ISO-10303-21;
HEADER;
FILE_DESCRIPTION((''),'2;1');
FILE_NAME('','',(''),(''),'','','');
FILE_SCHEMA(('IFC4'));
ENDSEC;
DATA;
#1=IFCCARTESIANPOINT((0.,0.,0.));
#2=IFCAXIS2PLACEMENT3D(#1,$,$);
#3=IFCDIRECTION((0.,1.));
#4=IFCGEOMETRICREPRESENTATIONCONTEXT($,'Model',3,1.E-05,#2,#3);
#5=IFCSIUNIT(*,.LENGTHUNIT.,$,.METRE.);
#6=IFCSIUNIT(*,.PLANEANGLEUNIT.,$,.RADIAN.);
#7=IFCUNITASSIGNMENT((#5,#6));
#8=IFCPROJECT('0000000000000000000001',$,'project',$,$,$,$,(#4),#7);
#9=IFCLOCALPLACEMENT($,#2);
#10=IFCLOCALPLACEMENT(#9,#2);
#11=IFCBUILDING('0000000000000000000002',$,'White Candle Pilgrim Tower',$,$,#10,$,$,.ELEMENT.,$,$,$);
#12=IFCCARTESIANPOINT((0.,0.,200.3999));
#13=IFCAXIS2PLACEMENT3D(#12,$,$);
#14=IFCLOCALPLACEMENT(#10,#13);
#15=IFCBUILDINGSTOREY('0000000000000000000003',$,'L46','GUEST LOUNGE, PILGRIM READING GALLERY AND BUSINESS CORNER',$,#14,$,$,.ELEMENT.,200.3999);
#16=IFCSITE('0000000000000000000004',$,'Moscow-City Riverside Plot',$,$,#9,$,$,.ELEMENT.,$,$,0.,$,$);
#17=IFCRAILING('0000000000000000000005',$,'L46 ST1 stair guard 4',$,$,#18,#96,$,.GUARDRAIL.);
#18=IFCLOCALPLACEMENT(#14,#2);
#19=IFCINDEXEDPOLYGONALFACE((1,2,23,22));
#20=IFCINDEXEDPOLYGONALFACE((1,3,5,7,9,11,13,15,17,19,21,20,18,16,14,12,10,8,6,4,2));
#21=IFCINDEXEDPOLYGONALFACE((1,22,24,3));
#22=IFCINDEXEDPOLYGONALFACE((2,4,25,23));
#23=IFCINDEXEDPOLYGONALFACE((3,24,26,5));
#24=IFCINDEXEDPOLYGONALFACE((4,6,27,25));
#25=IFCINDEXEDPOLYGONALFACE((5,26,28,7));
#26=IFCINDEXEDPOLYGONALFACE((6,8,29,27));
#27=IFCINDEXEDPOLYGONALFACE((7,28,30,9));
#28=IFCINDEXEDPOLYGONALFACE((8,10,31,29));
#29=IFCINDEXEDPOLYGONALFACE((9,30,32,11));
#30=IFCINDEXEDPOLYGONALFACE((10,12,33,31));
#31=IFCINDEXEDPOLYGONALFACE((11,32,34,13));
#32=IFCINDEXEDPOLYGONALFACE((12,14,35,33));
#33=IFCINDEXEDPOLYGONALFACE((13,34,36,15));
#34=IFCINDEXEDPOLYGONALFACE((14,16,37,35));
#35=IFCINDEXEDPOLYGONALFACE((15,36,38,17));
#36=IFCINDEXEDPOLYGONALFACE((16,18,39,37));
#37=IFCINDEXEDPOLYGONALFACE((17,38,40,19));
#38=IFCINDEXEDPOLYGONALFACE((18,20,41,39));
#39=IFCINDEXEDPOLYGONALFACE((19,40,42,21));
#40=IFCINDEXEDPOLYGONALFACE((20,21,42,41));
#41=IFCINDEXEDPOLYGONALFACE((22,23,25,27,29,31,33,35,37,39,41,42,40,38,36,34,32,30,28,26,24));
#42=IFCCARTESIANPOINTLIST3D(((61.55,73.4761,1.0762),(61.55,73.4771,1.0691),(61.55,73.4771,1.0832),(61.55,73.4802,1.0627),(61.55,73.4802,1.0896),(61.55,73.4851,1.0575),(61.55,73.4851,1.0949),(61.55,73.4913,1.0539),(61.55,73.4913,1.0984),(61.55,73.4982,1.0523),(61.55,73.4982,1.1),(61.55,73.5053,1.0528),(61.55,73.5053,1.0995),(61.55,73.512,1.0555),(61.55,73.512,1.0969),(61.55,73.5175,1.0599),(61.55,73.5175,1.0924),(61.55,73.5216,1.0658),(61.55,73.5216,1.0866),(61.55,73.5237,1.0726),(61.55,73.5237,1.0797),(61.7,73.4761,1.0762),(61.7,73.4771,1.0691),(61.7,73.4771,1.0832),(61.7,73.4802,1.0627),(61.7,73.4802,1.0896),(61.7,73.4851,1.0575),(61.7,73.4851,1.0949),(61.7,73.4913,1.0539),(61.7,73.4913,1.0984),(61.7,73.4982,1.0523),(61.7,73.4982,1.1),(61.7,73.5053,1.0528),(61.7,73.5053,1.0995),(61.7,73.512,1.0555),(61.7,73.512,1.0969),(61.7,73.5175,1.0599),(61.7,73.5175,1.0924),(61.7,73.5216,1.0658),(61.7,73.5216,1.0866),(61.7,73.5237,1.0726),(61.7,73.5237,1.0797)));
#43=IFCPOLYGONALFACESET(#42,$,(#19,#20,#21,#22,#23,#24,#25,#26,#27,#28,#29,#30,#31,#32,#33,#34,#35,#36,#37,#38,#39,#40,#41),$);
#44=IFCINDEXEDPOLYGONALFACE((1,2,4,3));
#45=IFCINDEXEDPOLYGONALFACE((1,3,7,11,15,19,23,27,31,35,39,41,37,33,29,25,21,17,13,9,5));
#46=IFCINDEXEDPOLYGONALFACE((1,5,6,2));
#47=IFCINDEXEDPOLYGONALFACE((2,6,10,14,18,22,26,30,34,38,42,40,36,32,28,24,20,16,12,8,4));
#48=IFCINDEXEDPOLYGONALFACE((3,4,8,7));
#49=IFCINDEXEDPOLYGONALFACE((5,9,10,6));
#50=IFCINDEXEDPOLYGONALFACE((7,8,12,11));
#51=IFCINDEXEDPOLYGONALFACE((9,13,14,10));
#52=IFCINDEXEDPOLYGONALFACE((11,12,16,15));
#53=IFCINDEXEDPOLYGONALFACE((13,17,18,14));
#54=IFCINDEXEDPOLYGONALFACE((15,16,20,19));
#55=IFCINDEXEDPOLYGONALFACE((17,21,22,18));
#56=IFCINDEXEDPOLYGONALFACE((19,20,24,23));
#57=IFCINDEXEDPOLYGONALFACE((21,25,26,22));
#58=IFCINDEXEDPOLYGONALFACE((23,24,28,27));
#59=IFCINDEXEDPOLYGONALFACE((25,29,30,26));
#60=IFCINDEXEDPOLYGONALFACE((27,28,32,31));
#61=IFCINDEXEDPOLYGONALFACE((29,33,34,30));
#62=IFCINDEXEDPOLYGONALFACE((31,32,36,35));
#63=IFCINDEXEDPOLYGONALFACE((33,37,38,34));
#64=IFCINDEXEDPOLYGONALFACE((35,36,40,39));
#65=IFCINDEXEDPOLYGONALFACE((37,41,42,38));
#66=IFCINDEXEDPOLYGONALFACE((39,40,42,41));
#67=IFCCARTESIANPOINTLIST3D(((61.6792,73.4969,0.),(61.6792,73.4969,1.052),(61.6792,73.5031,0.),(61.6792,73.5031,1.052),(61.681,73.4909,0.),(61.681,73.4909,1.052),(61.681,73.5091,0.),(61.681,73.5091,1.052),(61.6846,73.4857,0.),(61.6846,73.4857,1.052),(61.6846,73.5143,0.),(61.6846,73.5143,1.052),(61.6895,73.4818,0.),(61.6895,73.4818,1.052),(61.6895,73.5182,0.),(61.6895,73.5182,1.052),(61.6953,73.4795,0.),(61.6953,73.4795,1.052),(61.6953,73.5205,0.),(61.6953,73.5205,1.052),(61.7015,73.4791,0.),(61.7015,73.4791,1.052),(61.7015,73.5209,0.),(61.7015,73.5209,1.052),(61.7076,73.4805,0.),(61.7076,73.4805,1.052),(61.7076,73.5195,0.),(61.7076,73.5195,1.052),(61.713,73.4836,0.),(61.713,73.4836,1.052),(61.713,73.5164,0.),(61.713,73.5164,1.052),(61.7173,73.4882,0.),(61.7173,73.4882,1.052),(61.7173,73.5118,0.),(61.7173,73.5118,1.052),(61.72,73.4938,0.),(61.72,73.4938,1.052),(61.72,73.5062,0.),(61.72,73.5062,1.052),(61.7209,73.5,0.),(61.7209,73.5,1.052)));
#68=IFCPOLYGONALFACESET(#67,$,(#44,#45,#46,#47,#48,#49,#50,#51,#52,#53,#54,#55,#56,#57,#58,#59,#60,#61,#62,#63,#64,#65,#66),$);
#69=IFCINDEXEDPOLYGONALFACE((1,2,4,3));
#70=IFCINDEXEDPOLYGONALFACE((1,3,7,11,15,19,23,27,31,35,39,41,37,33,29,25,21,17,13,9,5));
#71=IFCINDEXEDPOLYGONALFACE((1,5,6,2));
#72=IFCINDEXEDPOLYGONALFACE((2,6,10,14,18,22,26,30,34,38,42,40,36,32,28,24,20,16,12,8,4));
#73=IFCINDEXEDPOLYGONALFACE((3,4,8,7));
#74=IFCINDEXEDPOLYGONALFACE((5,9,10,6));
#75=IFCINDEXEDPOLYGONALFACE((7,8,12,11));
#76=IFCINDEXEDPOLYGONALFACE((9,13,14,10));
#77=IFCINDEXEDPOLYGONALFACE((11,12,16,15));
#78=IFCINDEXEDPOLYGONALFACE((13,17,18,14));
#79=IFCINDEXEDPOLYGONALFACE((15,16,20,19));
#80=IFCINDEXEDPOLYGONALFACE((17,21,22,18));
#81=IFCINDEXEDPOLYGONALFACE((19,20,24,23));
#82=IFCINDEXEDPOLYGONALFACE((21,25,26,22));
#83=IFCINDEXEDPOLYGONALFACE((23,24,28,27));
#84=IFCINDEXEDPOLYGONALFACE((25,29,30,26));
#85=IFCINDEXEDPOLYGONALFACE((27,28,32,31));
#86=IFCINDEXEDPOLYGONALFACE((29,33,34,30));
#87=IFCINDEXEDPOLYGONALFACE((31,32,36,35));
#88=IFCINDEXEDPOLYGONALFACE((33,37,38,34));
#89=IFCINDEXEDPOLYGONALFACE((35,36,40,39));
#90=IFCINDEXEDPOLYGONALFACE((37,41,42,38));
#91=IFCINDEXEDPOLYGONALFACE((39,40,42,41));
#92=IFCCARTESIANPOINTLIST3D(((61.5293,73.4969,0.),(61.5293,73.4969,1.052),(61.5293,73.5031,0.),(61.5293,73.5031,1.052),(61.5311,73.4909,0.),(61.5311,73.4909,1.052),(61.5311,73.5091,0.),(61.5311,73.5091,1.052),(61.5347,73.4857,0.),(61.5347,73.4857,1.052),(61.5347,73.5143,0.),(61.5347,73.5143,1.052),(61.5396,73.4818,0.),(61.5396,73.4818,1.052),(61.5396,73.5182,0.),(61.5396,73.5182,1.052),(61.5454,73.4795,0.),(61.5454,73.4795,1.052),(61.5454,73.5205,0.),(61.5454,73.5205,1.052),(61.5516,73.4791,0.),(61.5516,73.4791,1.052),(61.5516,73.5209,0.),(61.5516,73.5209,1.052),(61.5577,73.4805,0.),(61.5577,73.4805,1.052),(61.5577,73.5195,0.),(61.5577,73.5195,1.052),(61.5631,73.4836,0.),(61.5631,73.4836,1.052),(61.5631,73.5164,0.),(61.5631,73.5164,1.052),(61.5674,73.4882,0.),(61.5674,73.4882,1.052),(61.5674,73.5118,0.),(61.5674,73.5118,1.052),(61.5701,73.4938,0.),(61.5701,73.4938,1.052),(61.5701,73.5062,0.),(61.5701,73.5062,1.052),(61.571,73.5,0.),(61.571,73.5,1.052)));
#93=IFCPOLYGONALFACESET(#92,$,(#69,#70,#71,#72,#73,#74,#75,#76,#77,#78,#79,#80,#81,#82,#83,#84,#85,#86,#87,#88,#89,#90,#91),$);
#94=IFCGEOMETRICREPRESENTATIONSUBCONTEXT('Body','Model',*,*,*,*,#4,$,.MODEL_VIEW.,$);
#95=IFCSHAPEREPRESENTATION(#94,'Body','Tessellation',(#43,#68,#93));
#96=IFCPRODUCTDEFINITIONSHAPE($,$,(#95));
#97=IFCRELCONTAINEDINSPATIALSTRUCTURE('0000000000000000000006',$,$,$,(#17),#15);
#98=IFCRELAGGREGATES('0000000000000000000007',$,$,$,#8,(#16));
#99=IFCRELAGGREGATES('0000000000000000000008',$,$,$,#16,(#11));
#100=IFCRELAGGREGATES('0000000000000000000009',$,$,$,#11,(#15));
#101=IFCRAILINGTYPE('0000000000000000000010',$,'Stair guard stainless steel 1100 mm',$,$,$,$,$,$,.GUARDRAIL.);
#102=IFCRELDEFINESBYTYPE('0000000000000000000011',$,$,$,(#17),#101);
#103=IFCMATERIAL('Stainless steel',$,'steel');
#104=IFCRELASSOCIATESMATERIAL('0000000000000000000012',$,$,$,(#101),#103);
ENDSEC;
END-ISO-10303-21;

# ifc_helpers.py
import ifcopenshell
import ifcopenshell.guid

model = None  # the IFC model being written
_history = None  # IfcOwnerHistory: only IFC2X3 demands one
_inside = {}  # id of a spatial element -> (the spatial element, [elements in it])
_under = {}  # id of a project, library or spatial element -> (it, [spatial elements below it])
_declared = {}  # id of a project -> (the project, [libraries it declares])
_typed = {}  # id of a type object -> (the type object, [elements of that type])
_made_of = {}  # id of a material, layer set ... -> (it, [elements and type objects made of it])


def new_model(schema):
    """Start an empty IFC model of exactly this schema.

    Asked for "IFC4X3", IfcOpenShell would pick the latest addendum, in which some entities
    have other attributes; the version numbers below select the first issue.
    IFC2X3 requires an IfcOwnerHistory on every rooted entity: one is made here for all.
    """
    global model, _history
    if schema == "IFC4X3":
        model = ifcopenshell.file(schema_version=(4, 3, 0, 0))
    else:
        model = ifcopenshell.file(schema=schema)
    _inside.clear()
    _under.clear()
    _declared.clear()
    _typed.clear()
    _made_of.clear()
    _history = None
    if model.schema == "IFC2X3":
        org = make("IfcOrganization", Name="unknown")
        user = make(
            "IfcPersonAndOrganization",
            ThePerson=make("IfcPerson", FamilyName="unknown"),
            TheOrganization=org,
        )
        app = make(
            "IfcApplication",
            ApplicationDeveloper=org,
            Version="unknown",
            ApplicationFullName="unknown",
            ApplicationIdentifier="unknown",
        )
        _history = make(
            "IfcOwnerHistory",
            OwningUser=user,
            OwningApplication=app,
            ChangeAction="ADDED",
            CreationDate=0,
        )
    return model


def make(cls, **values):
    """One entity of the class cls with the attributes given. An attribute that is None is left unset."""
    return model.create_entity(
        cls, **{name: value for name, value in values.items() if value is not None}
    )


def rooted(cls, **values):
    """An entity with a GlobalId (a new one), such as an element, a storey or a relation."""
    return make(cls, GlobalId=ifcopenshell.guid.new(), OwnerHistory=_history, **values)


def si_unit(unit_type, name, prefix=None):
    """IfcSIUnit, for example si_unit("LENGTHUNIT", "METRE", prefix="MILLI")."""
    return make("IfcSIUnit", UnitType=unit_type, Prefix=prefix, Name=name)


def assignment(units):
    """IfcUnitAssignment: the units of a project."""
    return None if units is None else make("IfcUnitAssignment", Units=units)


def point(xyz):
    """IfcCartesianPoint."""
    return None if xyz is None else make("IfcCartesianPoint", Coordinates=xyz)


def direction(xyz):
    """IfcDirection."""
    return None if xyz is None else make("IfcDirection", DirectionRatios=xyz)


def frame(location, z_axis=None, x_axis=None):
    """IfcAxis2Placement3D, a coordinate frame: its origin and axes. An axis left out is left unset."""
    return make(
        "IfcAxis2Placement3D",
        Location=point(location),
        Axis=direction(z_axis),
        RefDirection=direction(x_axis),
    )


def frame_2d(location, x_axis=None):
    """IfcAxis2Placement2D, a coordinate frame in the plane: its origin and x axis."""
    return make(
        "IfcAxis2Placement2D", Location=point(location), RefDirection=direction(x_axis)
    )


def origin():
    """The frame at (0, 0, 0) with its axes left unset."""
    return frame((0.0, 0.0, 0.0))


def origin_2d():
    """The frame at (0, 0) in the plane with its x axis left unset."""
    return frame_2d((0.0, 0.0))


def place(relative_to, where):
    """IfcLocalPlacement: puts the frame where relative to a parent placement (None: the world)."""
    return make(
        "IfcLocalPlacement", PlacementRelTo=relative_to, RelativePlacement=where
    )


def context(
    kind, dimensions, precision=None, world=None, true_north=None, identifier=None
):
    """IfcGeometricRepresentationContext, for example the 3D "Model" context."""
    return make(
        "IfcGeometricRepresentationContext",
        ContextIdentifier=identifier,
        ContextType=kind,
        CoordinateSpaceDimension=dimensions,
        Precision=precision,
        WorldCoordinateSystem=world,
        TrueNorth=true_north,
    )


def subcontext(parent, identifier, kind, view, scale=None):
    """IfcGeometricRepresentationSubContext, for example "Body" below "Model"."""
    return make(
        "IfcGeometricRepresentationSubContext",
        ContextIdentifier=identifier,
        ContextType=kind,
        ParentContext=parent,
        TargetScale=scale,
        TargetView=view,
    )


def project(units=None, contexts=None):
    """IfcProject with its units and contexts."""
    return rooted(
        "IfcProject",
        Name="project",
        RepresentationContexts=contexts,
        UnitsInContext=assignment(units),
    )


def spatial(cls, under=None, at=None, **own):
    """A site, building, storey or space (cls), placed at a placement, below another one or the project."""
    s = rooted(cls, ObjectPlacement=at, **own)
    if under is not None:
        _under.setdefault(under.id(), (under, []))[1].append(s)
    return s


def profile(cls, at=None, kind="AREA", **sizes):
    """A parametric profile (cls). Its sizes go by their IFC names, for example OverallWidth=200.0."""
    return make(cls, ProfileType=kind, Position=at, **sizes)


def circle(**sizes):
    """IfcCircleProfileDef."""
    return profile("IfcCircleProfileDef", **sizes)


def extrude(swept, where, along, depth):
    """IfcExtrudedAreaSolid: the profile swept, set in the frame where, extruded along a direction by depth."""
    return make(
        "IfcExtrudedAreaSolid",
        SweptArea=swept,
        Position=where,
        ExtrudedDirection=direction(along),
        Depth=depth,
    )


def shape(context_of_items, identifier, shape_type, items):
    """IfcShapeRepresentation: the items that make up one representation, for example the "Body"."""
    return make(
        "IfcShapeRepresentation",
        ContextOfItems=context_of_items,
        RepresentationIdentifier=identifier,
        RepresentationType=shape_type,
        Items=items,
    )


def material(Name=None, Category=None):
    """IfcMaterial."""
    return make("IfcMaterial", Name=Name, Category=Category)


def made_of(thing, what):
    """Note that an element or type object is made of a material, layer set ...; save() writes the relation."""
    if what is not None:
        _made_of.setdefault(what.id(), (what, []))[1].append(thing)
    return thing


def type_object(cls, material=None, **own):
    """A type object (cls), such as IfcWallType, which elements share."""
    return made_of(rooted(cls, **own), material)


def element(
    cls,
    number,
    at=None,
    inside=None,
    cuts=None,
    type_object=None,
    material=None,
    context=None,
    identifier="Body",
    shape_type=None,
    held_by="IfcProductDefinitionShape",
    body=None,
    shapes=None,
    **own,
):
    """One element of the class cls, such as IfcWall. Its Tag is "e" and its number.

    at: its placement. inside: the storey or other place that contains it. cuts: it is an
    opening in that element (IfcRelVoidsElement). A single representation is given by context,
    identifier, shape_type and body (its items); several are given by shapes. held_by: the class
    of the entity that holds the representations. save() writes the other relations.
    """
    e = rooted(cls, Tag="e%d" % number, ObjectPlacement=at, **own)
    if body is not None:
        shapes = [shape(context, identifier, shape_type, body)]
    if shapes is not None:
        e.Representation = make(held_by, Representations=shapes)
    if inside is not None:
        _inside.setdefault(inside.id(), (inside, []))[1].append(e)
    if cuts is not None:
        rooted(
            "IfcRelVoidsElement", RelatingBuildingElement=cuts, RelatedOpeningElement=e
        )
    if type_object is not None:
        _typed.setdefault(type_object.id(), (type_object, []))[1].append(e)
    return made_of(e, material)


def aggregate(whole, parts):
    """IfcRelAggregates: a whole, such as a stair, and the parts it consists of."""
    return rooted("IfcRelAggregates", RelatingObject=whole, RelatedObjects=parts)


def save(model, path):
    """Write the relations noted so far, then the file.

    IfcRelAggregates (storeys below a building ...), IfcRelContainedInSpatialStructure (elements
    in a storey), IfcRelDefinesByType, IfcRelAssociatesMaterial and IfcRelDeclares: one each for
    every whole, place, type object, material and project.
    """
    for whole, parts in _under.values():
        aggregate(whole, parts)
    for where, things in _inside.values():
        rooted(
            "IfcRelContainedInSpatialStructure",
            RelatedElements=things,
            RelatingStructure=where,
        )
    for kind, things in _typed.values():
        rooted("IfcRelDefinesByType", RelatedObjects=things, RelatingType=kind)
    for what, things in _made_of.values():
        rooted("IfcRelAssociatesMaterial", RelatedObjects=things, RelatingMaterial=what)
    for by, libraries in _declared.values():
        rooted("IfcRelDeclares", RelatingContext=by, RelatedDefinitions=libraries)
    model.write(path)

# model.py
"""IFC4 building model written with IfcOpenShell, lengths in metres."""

from ifc_helpers import new_model, si_unit, direction, frame, origin, origin_2d, place, context, subcontext, project, spatial, circle, extrude, material, type_object, element, save


model = new_model("IFC4")

# Units and contexts
model_context = context("Model", 3, precision=1e-05, world=origin(), true_north=direction((0.0, 1.0)))
body_context = subcontext(model_context, "Body", "Model", "MODEL_VIEW")
ifc_project = project(units=[si_unit("LENGTHUNIT", "METRE"), si_unit("PLANEANGLEUNIT", "RADIAN")], contexts=[model_context])

# Site, building, storey
site_placement = place(None, origin())
site = spatial("IfcSite", under=ifc_project, at=site_placement, Name="Moscow-City Riverside Plot", CompositionType="ELEMENT", RefElevation=0.0)
building_placement = place(site_placement, origin())
building = spatial("IfcBuilding", under=site, at=building_placement, Name="White Candle Pilgrim Tower", CompositionType="ELEMENT")
storey_placement = place(building_placement, frame((0.0, 0.0, 200.3999)))
storey = spatial("IfcBuildingStorey", under=building, at=storey_placement, Name="L46", Description="GUEST LOUNGE, PILGRIM READING GALLERY AND BUSINESS CORNER", CompositionType="ELEMENT", Elevation=200.3999)

# Railing
ifc_material_1 = material(Name="Stainless steel", Category="steel")
railing_type_1 = type_object("IfcRailingType", Name="Stair guard stainless steel 1100 mm", PredefinedType="GUARDRAIL", material=ifc_material_1)
railing_1_placement = place(storey_placement, frame((61.7, 73.5, 0.0)))
element("IfcRailing", 1, at=railing_1_placement, inside=storey, type_object=railing_type_1, Name="L46 ST1 stair guard 4", PredefinedType="GUARDRAIL", context=body_context, shape_type="SweptSolid", body=[
    extrude(circle(Radius=0.0239, at=origin_2d()), frame((0.0, 0.0, 1.0762), z_axis=(-1.0, 0.0, 0.0), x_axis=(0.0, -1.0, 0.0)), (0.0, 0.0, 1.0), 0.1499),
    extrude(circle(Radius=0.021, at=origin_2d()), origin(), (0.0, 0.0, 1.0), 1.052),
    extrude(circle(Radius=0.021, at=origin_2d()), frame((-0.1499, 0.0, 0.0)), (0.0, 0.0, 1.0), 1.052),
])

save(model, "model.ifc")
